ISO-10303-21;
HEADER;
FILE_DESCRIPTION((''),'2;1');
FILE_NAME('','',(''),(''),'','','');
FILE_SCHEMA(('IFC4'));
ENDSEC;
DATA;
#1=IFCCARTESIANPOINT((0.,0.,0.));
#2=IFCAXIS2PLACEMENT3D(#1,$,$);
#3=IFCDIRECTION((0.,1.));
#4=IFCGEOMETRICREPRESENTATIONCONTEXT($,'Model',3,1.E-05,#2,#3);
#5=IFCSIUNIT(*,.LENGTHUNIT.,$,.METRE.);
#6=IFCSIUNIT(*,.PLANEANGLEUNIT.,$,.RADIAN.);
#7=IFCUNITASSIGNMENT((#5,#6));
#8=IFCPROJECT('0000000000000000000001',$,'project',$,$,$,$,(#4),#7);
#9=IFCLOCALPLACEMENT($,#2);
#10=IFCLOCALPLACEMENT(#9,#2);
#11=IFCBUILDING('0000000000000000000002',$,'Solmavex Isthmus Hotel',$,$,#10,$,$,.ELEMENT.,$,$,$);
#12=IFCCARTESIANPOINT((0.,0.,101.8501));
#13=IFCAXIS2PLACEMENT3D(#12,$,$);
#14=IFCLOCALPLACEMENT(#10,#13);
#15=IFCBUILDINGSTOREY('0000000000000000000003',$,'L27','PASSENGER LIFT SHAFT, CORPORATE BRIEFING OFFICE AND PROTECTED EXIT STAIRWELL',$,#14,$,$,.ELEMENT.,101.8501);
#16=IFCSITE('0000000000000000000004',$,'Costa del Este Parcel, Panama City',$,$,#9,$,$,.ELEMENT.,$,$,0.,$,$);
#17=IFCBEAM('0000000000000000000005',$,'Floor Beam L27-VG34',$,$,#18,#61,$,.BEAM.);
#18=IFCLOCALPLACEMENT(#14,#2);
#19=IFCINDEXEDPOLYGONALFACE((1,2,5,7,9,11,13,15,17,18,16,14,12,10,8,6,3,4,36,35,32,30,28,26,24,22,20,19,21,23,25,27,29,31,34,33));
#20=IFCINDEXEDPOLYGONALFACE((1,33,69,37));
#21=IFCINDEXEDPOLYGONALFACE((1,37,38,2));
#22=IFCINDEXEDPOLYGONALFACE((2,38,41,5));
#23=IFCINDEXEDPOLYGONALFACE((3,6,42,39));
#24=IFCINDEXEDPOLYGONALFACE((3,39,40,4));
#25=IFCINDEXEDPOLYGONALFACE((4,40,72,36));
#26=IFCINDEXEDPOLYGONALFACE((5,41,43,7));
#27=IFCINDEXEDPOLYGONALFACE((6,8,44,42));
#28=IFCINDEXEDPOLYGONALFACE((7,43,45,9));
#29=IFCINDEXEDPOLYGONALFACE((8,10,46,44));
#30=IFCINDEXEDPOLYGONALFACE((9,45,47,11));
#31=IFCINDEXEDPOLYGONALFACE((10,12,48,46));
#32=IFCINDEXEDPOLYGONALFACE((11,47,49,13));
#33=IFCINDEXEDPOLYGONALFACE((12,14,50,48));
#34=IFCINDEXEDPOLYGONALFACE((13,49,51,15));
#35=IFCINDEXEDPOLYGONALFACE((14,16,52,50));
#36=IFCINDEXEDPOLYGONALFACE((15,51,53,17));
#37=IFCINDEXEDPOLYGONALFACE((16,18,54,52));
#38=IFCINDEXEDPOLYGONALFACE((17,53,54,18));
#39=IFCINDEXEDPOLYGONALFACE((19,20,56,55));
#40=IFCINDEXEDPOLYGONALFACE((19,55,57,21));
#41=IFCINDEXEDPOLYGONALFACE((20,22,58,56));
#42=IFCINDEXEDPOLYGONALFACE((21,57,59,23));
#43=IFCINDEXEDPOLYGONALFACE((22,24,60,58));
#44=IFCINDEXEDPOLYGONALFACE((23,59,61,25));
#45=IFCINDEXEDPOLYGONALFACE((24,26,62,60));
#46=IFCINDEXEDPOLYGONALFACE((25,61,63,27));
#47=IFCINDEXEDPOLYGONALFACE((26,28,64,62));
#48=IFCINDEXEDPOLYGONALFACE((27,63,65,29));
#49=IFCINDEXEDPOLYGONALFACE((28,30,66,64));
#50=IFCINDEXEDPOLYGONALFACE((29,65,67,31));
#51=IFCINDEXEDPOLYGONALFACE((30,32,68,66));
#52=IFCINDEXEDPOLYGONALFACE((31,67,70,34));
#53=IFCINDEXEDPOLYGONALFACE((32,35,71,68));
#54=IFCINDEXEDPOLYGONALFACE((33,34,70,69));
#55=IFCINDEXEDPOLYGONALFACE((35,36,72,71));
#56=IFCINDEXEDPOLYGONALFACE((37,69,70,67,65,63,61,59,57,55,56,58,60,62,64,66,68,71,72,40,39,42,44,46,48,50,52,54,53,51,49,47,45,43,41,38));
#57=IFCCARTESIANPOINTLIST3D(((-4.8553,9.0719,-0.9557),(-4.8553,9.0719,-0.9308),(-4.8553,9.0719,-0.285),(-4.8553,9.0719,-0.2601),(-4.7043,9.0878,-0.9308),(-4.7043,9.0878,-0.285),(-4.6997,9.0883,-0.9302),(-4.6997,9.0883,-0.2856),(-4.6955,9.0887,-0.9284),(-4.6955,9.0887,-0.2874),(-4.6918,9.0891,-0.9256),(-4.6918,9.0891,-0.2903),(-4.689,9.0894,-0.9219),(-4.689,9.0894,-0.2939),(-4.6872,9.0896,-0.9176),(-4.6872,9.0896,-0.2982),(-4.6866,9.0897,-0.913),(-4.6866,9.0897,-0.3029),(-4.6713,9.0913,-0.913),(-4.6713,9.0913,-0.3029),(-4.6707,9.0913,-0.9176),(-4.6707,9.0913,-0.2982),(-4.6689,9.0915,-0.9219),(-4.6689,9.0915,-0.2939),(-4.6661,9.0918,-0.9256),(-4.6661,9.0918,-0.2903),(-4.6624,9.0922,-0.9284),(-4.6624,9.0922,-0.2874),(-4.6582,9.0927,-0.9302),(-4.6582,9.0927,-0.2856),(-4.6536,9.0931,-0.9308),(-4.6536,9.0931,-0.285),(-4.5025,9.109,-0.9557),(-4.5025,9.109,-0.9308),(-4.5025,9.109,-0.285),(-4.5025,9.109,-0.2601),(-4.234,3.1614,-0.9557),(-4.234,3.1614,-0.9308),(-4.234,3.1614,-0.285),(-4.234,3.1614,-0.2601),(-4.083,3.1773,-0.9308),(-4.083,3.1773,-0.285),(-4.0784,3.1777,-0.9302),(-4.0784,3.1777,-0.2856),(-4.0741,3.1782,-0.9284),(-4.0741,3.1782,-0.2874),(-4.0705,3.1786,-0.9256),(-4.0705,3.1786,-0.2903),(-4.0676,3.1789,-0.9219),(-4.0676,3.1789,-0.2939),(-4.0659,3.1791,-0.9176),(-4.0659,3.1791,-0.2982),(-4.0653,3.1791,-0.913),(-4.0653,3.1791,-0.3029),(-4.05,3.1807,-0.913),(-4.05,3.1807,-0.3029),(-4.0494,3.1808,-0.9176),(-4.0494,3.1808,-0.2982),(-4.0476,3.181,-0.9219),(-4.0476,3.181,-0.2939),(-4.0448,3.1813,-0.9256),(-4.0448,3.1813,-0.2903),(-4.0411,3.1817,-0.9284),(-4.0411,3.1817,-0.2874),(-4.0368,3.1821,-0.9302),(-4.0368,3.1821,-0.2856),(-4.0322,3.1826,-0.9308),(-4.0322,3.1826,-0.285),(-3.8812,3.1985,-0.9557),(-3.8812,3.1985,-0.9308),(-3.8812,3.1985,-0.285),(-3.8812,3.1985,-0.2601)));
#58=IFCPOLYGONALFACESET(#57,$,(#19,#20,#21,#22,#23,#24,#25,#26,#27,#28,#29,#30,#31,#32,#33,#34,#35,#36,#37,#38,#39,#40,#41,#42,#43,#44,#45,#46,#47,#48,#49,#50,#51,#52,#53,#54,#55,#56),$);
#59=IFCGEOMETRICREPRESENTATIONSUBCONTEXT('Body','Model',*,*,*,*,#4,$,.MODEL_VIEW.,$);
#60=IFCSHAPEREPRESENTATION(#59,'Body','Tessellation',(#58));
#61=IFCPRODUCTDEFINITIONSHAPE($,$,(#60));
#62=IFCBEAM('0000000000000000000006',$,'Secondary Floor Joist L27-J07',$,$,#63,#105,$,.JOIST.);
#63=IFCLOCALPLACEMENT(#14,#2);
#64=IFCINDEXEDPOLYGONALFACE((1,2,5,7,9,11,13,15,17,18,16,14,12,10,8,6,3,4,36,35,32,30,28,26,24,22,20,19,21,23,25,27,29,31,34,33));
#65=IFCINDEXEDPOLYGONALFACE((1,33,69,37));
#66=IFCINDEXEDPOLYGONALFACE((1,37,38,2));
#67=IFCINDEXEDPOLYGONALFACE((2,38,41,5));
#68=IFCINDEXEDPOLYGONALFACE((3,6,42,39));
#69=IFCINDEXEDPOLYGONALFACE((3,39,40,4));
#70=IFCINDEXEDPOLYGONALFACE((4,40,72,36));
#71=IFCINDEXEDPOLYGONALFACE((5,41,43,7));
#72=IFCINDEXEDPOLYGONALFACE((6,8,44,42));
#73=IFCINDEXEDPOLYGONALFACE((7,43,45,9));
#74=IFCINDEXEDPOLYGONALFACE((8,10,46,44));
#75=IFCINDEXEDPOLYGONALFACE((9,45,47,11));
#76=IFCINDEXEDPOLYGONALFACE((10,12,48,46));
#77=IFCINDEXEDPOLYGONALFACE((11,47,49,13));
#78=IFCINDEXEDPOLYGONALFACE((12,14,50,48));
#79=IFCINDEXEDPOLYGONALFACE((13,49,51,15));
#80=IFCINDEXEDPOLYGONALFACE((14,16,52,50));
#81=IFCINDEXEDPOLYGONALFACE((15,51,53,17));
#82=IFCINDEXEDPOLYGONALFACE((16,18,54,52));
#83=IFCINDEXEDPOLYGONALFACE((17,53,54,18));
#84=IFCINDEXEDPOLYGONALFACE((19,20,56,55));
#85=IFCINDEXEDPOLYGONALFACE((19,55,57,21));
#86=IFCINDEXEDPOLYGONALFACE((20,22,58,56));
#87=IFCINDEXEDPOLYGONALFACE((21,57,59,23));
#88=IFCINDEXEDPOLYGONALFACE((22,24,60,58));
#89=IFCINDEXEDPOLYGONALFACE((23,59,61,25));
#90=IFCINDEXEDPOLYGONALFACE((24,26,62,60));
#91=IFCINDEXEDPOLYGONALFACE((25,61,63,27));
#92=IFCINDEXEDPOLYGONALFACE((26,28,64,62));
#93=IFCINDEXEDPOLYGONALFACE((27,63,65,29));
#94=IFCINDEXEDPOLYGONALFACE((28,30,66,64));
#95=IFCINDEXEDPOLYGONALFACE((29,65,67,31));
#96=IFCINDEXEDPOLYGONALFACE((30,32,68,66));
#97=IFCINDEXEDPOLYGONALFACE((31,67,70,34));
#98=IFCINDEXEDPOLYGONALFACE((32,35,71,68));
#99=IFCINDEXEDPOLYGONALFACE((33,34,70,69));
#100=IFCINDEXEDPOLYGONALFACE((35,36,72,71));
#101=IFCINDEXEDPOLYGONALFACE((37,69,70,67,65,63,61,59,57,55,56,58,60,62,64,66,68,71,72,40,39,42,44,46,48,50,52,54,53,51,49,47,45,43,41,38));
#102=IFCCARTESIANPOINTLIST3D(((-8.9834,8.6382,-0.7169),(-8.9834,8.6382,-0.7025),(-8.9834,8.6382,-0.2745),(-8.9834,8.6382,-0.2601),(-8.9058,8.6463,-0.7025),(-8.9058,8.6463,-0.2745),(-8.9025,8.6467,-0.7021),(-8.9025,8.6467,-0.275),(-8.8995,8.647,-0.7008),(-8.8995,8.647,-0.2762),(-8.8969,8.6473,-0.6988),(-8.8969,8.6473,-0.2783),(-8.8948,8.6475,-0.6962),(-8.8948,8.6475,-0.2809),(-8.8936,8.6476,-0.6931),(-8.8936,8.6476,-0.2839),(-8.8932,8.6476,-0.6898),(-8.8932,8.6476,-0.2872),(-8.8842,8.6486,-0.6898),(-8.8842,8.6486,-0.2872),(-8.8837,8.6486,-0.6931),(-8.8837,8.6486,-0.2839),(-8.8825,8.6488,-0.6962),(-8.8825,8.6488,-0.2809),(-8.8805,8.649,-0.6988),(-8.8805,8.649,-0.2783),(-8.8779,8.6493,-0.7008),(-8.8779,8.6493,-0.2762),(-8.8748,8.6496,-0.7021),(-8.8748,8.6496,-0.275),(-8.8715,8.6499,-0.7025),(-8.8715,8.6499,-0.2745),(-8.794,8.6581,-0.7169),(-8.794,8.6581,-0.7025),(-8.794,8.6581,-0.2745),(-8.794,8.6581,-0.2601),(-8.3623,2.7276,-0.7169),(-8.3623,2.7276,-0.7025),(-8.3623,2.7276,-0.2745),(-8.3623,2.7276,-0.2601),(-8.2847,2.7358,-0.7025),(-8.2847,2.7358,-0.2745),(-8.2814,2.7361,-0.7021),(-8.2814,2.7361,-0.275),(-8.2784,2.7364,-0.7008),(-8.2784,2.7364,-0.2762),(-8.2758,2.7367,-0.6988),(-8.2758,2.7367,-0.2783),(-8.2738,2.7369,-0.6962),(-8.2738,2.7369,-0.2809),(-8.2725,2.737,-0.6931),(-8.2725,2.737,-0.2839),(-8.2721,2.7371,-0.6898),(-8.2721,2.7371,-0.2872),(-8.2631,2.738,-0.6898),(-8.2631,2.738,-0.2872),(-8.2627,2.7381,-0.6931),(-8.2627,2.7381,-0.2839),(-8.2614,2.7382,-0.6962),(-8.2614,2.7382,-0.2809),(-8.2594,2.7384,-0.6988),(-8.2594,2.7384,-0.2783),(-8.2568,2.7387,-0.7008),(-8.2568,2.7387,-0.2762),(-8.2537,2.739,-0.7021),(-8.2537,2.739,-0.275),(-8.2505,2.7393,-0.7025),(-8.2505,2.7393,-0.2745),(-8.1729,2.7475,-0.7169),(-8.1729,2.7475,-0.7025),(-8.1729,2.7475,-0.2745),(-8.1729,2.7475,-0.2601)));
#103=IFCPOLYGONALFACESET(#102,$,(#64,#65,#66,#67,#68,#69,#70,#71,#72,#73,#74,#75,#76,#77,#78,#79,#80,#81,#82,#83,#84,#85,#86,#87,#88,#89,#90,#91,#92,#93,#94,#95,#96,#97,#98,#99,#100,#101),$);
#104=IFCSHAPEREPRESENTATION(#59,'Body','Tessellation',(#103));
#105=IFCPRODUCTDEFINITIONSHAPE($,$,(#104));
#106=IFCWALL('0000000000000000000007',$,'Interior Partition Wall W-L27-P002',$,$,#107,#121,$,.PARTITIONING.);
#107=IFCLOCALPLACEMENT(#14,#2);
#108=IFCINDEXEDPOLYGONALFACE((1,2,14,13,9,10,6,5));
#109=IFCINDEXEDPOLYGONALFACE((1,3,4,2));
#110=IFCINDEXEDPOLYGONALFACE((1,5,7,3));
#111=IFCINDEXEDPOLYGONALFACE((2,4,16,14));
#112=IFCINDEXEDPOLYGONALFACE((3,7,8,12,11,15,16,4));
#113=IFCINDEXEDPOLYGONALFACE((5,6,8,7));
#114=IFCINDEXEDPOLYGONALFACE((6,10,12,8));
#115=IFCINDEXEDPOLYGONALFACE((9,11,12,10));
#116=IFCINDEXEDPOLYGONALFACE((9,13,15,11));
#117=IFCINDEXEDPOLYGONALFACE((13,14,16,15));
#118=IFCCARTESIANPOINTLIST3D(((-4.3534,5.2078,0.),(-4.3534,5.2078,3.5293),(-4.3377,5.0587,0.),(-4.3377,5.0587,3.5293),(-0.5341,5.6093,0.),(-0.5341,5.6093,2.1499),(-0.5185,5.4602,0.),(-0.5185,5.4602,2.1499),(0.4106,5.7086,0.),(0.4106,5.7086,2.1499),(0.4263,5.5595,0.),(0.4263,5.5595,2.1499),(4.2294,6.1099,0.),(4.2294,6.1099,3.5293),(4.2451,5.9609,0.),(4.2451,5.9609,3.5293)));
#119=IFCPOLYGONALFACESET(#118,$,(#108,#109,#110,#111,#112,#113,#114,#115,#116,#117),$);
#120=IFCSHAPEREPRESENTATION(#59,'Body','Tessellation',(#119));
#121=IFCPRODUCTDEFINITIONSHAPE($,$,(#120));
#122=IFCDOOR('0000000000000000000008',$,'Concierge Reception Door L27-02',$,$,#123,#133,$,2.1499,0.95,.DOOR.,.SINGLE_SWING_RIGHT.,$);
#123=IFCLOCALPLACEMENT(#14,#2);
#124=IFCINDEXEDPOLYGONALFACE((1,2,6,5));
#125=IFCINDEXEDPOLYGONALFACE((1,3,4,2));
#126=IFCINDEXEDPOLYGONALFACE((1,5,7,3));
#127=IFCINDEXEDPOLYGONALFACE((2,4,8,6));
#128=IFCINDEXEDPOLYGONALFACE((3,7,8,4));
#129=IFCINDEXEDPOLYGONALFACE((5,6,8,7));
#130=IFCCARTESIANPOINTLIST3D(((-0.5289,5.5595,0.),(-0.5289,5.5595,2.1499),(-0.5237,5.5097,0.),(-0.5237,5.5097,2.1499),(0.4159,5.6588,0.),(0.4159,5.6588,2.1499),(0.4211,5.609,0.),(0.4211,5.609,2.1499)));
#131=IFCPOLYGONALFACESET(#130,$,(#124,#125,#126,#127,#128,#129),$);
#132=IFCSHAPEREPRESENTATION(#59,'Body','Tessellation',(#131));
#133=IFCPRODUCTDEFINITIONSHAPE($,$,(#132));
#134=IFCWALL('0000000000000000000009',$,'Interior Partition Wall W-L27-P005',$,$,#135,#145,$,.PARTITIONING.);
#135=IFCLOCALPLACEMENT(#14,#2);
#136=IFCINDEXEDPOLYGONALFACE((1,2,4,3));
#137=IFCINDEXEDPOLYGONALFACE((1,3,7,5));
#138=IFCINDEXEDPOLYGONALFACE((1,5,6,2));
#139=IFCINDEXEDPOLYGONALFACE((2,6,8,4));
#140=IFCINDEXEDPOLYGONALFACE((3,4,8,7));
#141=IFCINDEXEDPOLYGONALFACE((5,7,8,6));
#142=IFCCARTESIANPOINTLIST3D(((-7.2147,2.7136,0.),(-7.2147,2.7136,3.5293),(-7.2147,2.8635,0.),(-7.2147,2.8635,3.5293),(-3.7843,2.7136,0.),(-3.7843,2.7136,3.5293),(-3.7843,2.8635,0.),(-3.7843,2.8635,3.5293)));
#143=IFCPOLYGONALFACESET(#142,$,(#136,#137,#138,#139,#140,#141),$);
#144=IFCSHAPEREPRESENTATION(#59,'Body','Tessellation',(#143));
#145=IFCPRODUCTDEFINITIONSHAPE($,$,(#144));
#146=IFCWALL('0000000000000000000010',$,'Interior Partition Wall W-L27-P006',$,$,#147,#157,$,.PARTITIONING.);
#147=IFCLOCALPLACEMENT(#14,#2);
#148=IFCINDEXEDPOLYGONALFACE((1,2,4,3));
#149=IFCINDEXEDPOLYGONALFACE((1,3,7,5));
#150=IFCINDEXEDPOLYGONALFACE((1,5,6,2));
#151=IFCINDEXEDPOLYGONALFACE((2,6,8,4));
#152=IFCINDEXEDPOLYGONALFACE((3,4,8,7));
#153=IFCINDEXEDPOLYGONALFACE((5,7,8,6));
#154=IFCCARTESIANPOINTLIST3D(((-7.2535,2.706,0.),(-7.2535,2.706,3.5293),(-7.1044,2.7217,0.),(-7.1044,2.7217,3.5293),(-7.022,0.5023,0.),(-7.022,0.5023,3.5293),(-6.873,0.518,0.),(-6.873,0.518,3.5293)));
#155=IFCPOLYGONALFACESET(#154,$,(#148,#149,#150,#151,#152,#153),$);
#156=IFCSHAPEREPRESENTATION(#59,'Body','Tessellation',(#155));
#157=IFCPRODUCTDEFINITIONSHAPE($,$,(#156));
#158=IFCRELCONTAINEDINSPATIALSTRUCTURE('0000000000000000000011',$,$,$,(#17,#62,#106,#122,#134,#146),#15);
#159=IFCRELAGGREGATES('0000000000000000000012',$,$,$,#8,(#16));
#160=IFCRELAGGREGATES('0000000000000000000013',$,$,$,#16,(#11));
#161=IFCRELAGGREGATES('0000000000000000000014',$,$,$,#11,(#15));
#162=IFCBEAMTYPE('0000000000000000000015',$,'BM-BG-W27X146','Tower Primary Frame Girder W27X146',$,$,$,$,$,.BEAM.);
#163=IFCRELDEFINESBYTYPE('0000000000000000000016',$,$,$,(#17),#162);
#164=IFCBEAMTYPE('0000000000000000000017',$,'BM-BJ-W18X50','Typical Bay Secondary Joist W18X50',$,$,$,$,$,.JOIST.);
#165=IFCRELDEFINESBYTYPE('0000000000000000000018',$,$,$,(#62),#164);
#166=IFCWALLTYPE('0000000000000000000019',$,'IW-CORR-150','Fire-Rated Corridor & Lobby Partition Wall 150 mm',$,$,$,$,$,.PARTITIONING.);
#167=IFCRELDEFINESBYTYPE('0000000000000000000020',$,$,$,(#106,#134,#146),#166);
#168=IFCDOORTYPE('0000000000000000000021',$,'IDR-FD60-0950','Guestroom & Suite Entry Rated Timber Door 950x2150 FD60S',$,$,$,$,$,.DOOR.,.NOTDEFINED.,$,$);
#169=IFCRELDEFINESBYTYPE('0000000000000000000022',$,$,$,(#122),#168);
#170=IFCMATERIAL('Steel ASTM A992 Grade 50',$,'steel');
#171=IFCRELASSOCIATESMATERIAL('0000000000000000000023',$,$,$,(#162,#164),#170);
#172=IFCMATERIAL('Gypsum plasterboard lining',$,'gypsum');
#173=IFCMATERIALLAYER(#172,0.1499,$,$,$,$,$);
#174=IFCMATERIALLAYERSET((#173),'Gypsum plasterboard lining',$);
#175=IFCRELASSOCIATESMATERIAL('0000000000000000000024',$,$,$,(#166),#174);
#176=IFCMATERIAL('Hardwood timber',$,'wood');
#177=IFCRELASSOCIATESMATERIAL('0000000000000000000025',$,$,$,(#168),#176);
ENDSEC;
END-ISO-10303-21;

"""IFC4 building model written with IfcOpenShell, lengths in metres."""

from ifc_helpers import new_model, si_unit, direction, frame, frame_2d, origin, origin_2d, place, context, subcontext, project, spatial, rectangle, i_section, extrude, material, layer, layer_set, material_profile, profile_set, type_object, element, fill, save


model = new_model("IFC4")

# Units and contexts
model_context = context("Model", 3, precision=1e-05, world=origin(), true_north=direction((0.0, 1.0)))
body_context = subcontext(model_context, "Body", "Model", "MODEL_VIEW")
ifc_project = project(units=[si_unit("LENGTHUNIT", "METRE"), si_unit("PLANEANGLEUNIT", "RADIAN")], contexts=[model_context])

# Site, building, storey
site_placement = place(None, origin())
site = spatial("IfcSite", under=ifc_project, at=site_placement, Name="Costa del Este Parcel, Panama City", CompositionType="ELEMENT", RefElevation=0.0)
building_placement = place(site_placement, origin())
building = spatial("IfcBuilding", under=site, at=building_placement, Name="Solmavex Isthmus Hotel", CompositionType="ELEMENT")
storey_placement = place(building_placement, frame((0.0, 0.0, 101.8501)))
storey = spatial("IfcBuildingStorey", under=building, at=storey_placement, Name="L27", Description="PASSENGER LIFT SHAFT, CORPORATE BRIEFING OFFICE AND PROTECTED EXIT STAIRWELL", CompositionType="ELEMENT", Elevation=101.8501)

# Beams
ifc_material_1 = material(Name="Steel ASTM A992 Grade 50", Category="steel")
ifc_material_profile_1 = material_profile(ifc_material_1, i_section(OverallWidth=0.3547, OverallDepth=0.6956, WebThickness=0.0154, FlangeThickness=0.0249, FilletRadius=0.0178, at=origin_2d()), Name="W27X146")
ifc_profile_set_1 = profile_set([ifc_material_profile_1], Name="Steel ASTM A992 Grade 50")
beam_type_1 = type_object("IfcBeamType", Name="BM-BG-W27X146", Description="Tower Primary Frame Girder W27X146", PredefinedType="BEAM", material=ifc_profile_set_1)
beam_1_placement = place(storey_placement, frame((-4.0576, 3.1799, -0.6079), z_axis=(-0.104546, 0.99452, 0.0), x_axis=(-0.99452, -0.104546, 0.0)))
element("IfcBeam", 1, at=beam_1_placement, inside=storey, type_object=beam_type_1, Name="Floor Beam L27-VG34", PredefinedType="BEAM", context=body_context, shape_type="SweptSolid", body=[
    extrude(i_section(OverallWidth=0.3547, OverallDepth=0.6956, WebThickness=0.0154, FlangeThickness=0.0249, FilletRadius=0.0178, at=origin_2d()), origin(), (0.0, 0.0, 1.0), 5.9431),
])
ifc_material_profile_2 = material_profile(ifc_material_1, i_section(OverallWidth=0.1904, OverallDepth=0.4568, WebThickness=0.009, FlangeThickness=0.0144, FilletRadius=0.0127, at=origin_2d()), Name="W18X50")
ifc_profile_set_2 = profile_set([ifc_material_profile_2], Name="Steel ASTM A992 Grade 50")
beam_type_2 = type_object("IfcBeamType", Name="BM-BJ-W18X50", Description="Typical Bay Secondary Joist W18X50", PredefinedType="JOIST", material=ifc_profile_set_2)
beam_2_placement = place(storey_placement, frame((-8.2676, 2.7375, -0.4885), z_axis=(-0.104505, 0.994524, 0.0), x_axis=(-0.994524, -0.104505, 0.0)))
element("IfcBeam", 2, at=beam_2_placement, inside=storey, type_object=beam_type_2, Name="Secondary Floor Joist L27-J07", PredefinedType="JOIST", context=body_context, shape_type="SweptSolid", body=[
    extrude(i_section(OverallWidth=0.1904, OverallDepth=0.4568, WebThickness=0.009, FlangeThickness=0.0144, FilletRadius=0.0127, at=origin_2d()), origin(), (0.0, 0.0, 1.0), 5.9431),
])

# Wall, opening, door
ifc_material_2 = material(Name="Gypsum plasterboard lining", Category="gypsum")
ifc_layer_1 = layer(ifc_material_2, 0.1499)
ifc_layer_set_1 = layer_set([ifc_layer_1], Name="Gypsum plasterboard lining")
wall_type = type_object("IfcWallType", Name="IW-CORR-150", Description="Fire-Rated Corridor & Lobby Partition Wall 150 mm", PredefinedType="PARTITIONING", material=ifc_layer_set_1)
wall_1_placement = place(storey_placement, frame((-4.3455, 5.1333, 0.0), z_axis=(0.0, 0.0, 1.0), x_axis=(0.994522, 0.10453, 0.0)))
wall_1 = element("IfcWall", 3, at=wall_1_placement, inside=storey, type_object=wall_type, Name="Interior Partition Wall W-L27-P002", PredefinedType="PARTITIONING", context=body_context, shape_type="SweptSolid", body=[
    extrude(rectangle(XDim=8.6301, YDim=0.1499, at=frame_2d((4.3149, 0.0))), origin(), (0.0, 0.0, 1.0), 3.5293),
])
opening_1_placement = place(wall_1_placement, frame((3.8401, 0.0, 0.0)))
opening_1 = element("IfcOpeningElement", 4, at=opening_1_placement, cuts=wall_1, PredefinedType="OPENING", context=body_context, shape_type="SweptSolid", body=[
    extrude(rectangle(XDim=0.95, YDim=2.1499, at=frame_2d((0.4751, 1.075))), frame((0.0, 0.085, 0.0), z_axis=(0.0, -1.0, 0.0), x_axis=(1.0, 0.0, 0.0)), (0.0, 0.0, 1.0), 0.1699),
])
ifc_material_3 = material(Name="Hardwood timber", Category="wood")
door_type_1 = type_object("IfcDoorType", Name="IDR-FD60-0950", Description="Guestroom & Suite Entry Rated Timber Door 950x2150 FD60S", OperationType="NOTDEFINED", PredefinedType="DOOR", material=ifc_material_3)
door_1_placement = place(opening_1_placement, origin())
door_1 = element("IfcDoor", 5, at=door_1_placement, inside=storey, type_object=door_type_1, Name="Concierge Reception Door L27-02", OperationType="SINGLE_SWING_RIGHT", OverallHeight=2.1499, OverallWidth=0.95, PredefinedType="DOOR", context=body_context, shape_type="SweptSolid", body=[
    extrude(rectangle(XDim=0.95, YDim=2.1499, at=frame_2d((0.4751, 1.075))), frame((0.0, 0.0249, 0.0), z_axis=(0.0, -1.0, 0.0), x_axis=(1.0, 0.0, 0.0)), (0.0, 0.0, 1.0), 0.05),
])
fill(opening_1, door_1)

# Walls
wall_2_placement = place(storey_placement, frame((-3.7842, 2.7886, 0.0), z_axis=(0.0, 0.0, 1.0), x_axis=(-1.0, 0.0, 0.0)))
element("IfcWall", 6, at=wall_2_placement, inside=storey, type_object=wall_type, Name="Interior Partition Wall W-L27-P005", PredefinedType="PARTITIONING", context=body_context, shape_type="SweptSolid", body=[
    extrude(rectangle(XDim=3.4304, YDim=0.1499, at=frame_2d((1.7153, 0.0))), origin(), (0.0, 0.0, 1.0), 3.5293),
])
wall_3_placement = place(storey_placement, frame((-7.179, 2.7139, 0.0), z_axis=(0.0, 0.0, 1.0), x_axis=(0.104455, -0.99453, 0.0)))
element("IfcWall", 7, at=wall_3_placement, inside=storey, type_object=wall_type, Name="Interior Partition Wall W-L27-P006", PredefinedType="PARTITIONING", context=body_context, shape_type="SweptSolid", body=[
    extrude(rectangle(XDim=2.2158, YDim=0.1499, at=frame_2d((1.1079, 0.0))), origin(), (0.0, 0.0, 1.0), 3.5293),
])

save(model, "model.ifc")
